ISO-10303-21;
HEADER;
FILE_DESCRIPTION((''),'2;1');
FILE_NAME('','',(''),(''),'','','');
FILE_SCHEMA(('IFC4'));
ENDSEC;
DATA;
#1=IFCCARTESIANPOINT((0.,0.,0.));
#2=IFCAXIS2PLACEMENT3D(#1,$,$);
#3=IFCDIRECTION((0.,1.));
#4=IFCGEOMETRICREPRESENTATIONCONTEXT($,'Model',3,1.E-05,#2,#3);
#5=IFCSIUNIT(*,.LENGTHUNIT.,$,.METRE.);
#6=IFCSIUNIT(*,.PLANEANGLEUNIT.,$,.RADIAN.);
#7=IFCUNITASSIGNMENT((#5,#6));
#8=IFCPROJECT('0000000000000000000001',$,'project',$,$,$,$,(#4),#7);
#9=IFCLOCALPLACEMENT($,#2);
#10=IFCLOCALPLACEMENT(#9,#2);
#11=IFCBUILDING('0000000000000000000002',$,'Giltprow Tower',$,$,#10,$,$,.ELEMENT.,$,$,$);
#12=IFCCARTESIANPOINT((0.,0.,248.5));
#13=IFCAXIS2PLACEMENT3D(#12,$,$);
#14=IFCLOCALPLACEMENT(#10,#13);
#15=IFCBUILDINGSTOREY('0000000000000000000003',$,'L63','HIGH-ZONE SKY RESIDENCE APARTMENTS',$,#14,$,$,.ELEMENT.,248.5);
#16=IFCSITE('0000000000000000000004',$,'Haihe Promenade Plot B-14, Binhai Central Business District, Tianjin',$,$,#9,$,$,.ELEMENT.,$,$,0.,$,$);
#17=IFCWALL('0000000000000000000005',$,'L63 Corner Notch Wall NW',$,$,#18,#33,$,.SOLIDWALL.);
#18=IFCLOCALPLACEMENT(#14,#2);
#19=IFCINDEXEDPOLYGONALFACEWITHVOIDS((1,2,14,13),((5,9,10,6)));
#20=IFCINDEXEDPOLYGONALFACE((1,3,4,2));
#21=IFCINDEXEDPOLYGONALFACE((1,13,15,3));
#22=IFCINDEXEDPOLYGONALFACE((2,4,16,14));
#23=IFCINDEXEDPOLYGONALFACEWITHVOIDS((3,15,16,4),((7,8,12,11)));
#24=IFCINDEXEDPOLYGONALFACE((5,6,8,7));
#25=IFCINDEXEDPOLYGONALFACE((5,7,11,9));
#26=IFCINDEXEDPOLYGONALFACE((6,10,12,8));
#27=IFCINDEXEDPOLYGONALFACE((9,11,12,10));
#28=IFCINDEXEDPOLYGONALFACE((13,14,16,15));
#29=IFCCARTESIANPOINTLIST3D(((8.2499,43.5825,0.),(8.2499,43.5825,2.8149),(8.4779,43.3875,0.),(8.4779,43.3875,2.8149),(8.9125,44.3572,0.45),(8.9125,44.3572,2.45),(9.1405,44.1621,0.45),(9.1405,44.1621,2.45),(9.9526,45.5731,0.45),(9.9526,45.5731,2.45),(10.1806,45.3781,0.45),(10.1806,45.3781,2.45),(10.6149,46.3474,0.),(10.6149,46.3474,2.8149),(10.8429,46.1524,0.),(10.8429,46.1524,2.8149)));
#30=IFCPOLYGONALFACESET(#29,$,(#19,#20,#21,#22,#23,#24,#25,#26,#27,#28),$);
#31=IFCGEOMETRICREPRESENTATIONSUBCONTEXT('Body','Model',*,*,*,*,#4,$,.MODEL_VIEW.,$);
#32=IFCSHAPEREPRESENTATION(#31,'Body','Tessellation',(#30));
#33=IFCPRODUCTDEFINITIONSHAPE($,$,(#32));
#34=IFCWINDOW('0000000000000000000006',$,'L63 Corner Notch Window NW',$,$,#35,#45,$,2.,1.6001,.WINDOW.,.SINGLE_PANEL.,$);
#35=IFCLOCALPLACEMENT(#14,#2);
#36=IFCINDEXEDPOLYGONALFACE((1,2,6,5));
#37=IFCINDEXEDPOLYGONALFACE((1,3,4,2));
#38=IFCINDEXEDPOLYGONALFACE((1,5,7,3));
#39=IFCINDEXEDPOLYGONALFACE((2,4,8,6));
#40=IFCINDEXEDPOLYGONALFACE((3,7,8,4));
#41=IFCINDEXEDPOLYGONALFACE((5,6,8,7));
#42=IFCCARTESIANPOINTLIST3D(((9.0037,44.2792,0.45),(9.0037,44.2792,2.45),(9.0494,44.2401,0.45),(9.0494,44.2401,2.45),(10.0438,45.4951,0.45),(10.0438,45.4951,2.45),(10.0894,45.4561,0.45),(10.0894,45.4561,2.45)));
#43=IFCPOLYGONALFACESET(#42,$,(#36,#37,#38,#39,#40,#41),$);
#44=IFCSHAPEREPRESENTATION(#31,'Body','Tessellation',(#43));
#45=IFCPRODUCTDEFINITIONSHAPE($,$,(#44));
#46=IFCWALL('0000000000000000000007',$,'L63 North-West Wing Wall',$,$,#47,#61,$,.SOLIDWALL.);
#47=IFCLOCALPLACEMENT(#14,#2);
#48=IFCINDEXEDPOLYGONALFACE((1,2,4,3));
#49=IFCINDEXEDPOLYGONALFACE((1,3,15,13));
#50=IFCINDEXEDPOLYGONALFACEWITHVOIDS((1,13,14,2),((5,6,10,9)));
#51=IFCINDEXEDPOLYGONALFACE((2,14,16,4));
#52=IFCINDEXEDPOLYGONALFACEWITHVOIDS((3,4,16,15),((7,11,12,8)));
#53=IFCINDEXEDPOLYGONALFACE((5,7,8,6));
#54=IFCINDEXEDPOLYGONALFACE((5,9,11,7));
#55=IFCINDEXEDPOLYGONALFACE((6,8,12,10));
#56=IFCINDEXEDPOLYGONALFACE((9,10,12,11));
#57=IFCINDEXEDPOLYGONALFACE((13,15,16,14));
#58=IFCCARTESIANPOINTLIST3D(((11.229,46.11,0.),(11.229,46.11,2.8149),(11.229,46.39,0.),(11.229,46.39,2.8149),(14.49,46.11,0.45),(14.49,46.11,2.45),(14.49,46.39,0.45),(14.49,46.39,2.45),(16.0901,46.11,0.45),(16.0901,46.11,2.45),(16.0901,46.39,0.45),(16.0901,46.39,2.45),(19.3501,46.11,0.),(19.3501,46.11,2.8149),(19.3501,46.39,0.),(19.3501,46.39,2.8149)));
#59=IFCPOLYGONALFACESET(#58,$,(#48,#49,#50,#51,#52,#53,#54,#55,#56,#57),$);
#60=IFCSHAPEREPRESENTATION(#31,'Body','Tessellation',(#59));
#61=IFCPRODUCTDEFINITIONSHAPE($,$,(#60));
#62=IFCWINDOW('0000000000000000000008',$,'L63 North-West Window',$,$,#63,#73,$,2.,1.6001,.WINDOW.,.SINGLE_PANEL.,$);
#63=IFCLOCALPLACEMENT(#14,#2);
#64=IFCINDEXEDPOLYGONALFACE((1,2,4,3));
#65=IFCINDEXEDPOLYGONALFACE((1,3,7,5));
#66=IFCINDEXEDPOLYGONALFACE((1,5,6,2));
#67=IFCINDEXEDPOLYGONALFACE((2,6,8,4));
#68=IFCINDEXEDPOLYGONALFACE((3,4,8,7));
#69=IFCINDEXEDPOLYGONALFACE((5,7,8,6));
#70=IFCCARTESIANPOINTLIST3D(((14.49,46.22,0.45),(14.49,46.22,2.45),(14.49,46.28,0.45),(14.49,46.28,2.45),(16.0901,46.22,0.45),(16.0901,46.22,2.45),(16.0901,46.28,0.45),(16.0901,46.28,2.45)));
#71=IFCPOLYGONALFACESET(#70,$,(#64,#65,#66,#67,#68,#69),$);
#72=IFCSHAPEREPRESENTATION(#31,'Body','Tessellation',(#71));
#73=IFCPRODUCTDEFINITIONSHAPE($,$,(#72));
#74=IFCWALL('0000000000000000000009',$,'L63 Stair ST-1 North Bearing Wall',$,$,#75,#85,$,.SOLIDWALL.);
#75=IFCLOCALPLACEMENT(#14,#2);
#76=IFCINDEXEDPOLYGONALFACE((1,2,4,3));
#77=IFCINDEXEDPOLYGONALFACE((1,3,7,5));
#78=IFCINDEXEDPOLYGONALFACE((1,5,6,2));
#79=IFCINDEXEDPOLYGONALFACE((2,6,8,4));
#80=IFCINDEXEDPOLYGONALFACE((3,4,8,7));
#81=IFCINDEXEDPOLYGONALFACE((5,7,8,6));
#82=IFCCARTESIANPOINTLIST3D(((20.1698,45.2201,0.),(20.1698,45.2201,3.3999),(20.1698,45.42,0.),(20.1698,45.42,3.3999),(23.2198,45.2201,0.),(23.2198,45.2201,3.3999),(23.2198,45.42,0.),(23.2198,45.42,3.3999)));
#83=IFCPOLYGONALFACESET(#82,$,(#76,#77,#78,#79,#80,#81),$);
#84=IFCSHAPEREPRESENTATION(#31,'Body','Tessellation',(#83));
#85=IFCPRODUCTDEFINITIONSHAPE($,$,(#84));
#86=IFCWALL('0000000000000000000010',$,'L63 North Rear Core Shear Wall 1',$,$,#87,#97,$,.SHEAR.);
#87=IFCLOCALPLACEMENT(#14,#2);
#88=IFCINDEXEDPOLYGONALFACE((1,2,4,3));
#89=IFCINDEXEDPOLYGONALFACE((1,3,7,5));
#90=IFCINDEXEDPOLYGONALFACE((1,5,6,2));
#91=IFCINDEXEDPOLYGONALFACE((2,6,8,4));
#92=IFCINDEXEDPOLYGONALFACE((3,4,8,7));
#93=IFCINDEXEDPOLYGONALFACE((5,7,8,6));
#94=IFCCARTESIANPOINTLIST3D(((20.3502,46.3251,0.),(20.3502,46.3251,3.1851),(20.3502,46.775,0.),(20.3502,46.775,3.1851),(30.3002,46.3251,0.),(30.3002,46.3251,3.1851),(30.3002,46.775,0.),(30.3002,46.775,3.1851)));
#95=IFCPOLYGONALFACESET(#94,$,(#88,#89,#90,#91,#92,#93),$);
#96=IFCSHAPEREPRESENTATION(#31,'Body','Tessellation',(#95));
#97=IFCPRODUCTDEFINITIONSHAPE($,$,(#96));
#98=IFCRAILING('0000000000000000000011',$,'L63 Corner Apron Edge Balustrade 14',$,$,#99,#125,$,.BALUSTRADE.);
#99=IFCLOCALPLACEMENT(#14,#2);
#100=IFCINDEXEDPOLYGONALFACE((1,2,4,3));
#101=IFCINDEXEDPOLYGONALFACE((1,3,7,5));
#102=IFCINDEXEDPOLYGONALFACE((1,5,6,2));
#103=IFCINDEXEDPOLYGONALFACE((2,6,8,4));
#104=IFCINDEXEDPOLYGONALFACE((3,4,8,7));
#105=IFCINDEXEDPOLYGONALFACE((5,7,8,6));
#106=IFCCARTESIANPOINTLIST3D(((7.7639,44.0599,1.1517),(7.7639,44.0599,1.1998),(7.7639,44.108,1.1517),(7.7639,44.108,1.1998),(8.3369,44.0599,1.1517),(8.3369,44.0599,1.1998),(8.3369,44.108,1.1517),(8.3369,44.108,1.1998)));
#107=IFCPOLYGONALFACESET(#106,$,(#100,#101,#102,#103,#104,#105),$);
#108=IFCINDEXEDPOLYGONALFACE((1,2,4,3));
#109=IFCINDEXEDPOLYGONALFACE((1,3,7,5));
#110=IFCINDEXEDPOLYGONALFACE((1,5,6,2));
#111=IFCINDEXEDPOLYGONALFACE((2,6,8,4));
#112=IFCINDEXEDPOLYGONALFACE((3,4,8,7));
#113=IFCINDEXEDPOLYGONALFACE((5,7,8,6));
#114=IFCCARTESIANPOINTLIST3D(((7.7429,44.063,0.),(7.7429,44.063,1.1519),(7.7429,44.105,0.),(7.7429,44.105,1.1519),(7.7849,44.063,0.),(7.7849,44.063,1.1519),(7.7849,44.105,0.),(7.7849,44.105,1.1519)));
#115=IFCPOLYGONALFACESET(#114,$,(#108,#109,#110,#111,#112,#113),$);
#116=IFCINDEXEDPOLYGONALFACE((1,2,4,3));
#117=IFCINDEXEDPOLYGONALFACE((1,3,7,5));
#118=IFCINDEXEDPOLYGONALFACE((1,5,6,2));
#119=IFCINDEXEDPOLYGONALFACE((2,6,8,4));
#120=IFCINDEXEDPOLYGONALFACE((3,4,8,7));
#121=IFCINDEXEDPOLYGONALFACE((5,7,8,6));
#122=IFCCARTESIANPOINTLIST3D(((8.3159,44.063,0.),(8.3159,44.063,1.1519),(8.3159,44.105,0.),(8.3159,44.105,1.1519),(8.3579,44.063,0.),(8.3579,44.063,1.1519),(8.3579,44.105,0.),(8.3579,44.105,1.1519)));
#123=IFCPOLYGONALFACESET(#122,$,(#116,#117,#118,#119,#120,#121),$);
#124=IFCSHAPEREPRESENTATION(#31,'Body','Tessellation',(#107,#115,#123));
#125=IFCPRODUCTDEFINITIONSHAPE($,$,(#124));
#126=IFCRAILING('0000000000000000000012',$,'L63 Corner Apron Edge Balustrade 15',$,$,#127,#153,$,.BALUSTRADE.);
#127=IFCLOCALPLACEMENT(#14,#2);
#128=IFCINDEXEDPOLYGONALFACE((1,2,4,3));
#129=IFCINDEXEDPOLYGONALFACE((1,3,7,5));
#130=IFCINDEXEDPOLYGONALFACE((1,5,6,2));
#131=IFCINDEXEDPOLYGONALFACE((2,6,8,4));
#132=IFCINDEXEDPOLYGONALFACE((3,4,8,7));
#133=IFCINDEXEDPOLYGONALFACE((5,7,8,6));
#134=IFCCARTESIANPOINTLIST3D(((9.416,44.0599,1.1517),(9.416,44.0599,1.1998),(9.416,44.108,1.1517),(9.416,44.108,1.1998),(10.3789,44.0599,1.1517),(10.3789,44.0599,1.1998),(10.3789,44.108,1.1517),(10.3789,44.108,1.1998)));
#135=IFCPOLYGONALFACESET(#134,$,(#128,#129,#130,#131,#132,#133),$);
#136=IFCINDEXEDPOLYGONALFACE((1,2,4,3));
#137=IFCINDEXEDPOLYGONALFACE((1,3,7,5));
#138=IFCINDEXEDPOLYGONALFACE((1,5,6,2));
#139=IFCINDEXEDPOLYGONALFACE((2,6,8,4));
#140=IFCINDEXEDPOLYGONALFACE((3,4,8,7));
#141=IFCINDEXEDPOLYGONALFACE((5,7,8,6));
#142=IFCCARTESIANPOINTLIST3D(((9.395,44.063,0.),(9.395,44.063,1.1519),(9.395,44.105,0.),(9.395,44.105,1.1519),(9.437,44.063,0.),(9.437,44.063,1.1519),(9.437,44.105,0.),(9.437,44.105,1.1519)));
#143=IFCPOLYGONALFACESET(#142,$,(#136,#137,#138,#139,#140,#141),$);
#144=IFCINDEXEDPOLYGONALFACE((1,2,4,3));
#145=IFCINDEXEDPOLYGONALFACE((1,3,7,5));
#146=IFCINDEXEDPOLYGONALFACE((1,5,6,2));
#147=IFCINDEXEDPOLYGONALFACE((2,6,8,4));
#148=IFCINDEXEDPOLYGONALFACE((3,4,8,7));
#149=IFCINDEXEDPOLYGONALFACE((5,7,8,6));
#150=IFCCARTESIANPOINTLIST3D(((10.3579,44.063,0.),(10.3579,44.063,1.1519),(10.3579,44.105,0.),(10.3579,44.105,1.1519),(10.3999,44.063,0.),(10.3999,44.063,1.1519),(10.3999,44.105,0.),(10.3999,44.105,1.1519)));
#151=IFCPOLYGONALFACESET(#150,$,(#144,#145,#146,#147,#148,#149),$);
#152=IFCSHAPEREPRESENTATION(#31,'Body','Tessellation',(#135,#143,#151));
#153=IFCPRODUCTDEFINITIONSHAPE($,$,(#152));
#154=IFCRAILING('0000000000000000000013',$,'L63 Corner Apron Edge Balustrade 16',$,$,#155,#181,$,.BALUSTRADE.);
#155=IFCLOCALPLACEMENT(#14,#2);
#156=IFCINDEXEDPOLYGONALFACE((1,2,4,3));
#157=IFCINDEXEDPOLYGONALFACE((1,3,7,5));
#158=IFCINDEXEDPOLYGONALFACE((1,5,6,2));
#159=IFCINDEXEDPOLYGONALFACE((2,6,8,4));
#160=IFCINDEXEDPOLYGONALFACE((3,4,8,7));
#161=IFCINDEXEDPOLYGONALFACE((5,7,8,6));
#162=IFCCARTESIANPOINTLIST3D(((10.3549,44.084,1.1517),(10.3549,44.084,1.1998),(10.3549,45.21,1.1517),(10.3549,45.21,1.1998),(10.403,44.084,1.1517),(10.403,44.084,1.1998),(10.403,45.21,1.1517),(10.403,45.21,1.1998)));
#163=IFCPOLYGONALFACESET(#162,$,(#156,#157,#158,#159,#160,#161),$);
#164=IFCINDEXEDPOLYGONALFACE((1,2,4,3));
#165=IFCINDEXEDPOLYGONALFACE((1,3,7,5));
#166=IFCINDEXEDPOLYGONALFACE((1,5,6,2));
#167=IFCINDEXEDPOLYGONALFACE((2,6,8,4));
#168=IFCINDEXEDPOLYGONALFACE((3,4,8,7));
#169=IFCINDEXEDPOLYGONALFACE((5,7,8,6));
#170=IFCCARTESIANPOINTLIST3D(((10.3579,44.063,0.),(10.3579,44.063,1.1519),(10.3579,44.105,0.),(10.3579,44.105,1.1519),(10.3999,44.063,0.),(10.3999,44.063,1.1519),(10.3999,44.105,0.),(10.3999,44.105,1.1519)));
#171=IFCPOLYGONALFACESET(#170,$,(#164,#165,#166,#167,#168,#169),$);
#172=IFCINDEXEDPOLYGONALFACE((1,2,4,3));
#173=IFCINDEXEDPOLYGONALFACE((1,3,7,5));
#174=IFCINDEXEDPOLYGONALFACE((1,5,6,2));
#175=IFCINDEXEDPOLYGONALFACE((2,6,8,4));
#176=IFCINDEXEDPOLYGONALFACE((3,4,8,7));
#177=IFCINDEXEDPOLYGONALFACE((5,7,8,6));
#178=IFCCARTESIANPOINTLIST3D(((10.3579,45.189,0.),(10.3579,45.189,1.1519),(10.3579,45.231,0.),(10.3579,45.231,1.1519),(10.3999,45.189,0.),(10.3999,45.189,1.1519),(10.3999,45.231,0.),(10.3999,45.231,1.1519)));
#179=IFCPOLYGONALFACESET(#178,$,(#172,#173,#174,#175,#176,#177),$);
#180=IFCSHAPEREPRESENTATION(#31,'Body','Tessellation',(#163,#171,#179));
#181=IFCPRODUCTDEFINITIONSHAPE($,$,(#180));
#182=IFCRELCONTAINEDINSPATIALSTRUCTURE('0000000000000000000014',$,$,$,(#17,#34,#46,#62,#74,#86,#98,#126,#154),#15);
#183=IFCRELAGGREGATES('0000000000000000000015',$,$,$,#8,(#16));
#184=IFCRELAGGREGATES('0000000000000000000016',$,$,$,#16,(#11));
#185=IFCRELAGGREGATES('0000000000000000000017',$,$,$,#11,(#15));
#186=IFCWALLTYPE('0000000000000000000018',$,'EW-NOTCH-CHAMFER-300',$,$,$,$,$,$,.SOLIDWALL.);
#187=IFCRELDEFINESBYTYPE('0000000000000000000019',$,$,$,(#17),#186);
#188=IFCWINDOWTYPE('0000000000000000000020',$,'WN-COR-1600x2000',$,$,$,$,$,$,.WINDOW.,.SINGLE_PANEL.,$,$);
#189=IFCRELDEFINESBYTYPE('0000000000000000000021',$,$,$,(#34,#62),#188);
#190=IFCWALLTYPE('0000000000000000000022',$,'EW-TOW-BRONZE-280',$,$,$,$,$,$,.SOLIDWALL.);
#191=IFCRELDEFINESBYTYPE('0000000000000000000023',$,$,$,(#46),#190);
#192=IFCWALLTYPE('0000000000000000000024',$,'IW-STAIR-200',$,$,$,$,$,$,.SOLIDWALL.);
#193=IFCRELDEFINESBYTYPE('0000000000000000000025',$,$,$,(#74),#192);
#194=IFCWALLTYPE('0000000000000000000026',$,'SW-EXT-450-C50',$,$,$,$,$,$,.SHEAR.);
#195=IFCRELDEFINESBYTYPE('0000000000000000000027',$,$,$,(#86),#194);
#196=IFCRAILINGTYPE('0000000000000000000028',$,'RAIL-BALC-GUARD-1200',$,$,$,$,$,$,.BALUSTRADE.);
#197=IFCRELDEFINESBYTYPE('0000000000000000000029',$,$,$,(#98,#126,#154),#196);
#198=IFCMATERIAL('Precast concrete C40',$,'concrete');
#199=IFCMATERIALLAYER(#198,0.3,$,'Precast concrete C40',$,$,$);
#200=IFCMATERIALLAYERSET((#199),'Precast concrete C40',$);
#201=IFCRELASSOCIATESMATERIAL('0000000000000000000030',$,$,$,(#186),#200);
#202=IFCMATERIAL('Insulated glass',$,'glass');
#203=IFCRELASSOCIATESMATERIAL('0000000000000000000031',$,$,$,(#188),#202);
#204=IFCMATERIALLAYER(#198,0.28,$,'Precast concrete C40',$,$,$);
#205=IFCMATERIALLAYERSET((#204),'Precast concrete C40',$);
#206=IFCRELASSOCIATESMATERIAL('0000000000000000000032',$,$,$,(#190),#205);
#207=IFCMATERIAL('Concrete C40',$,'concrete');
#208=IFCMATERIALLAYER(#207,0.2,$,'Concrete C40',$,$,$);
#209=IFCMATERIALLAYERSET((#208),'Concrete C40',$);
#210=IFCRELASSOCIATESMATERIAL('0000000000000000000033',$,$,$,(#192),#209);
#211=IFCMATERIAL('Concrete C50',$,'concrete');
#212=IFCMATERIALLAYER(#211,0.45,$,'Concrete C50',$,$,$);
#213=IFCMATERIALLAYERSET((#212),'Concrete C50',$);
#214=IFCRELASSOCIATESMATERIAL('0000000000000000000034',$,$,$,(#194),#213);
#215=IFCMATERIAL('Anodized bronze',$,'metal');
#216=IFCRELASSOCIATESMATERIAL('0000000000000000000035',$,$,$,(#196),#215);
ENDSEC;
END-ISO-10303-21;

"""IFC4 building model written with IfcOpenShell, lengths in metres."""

from ifc_helpers import new_model, si_unit, direction, frame, frame_2d, origin, origin_2d, place, context, subcontext, project, spatial, rectangle, extrude, source, transform, mapped, material, layer, layer_set, type_object, element, fill, save


model = new_model("IFC4")

# Units and contexts
model_context = context("Model", 3, precision=1e-05, world=origin(), true_north=direction((0.0, 1.0)))
body_context = subcontext(model_context, "Body", "Model", "MODEL_VIEW")
ifc_project = project(units=[si_unit("LENGTHUNIT", "METRE"), si_unit("PLANEANGLEUNIT", "RADIAN")], contexts=[model_context])

# Site, building, storey
site_placement = place(None, origin())
site = spatial("IfcSite", under=ifc_project, at=site_placement, Name="Haihe Promenade Plot B-14, Binhai Central Business District, Tianjin", CompositionType="ELEMENT", RefElevation=0.0)
building_placement = place(site_placement, origin())
building = spatial("IfcBuilding", under=site, at=building_placement, Name="Giltprow Tower", CompositionType="ELEMENT")
storey_placement = place(building_placement, frame((0.0, 0.0, 248.5)))
storey = spatial("IfcBuildingStorey", under=building, at=storey_placement, Name="L63", Description="HIGH-ZONE SKY RESIDENCE APARTMENTS", CompositionType="ELEMENT", Elevation=248.5)

# Shared definitions
ifc_material_1 = material(Name="Concrete C50", Category="concrete")

# Walls, openings, windows
ifc_material_2 = material(Name="Precast concrete C40", Category="concrete")
ifc_layer_1 = layer(ifc_material_2, 0.3, Name="Precast concrete C40")
ifc_layer_set_1 = layer_set([ifc_layer_1], Name="Precast concrete C40")
wall_type_1 = type_object("IfcWallType", Name="EW-NOTCH-CHAMFER-300", PredefinedType="SOLIDWALL", material=ifc_layer_set_1)
wall_1_placement = place(storey_placement, frame((10.729, 46.25, 0.0), z_axis=(0.0, 0.0, 1.0), x_axis=(-0.650012, -0.759924, 0.0)))
wall_1 = element("IfcWall", 1, at=wall_1_placement, inside=storey, type_object=wall_type_1, Name="L63 Corner Notch Wall NW", PredefinedType="SOLIDWALL", context=body_context, shape_type="SweptSolid", body=[
    extrude(rectangle(XDim=3.6384, YDim=0.3, at=frame_2d((1.8193, 0.0))), origin(), (0.0, 0.0, 1.0), 2.8149),
])
opening_1_placement = place(wall_1_placement, frame((1.019, 0.0, 0.45)))
opening_1 = element("IfcOpeningElement", 2, at=opening_1_placement, cuts=wall_1, PredefinedType="OPENING", context=body_context, shape_type="SweptSolid", body=[
    extrude(rectangle(XDim=1.6001, YDim=2.0, at=frame_2d((0.8, 1.0))), frame((0.0, 0.1599, 0.0), z_axis=(0.0, -1.0, 0.0), x_axis=(1.0, 0.0, 0.0)), (0.0, 0.0, 1.0), 0.3201),
])
ifc_material_3 = material(Name="Insulated glass", Category="glass")
window_type = type_object("IfcWindowType", Name="WN-COR-1600x2000", PartitioningType="SINGLE_PANEL", PredefinedType="WINDOW", material=ifc_material_3)
shared_shape_1 = source(origin(), body_context, "Body", "SweptSolid", [
    extrude(rectangle(XDim=1.6001, YDim=2.0, at=frame_2d((0.8, 1.0))), frame((0.0, 0.03, 0.0), z_axis=(0.0, -1.0, 0.0), x_axis=(1.0, 0.0, 0.0)), (0.0, 0.0, 1.0), 0.0601),
])
window_1_placement = place(opening_1_placement, origin())
window_1 = element("IfcWindow", 3, at=window_1_placement, inside=storey, type_object=window_type, Name="L63 Corner Notch Window NW", OverallHeight=2.0, OverallWidth=1.6001, PartitioningType="SINGLE_PANEL", PredefinedType="WINDOW", context=body_context, shape_type="MappedRepresentation", body=[
    mapped(shared_shape_1, transform((0.0, 0.0, 0.0), x_axis=(1.0, 0.0, 0.0), y_axis=(0.0, 1.0, 0.0), z_axis=(0.0, 0.0, 1.0), scale=1.0)),
])
fill(opening_1, window_1)
ifc_layer_2 = layer(ifc_material_2, 0.28, Name="Precast concrete C40")
ifc_layer_set_2 = layer_set([ifc_layer_2], Name="Precast concrete C40")
wall_type_2 = type_object("IfcWallType", Name="EW-TOW-BRONZE-280", PredefinedType="SOLIDWALL", material=ifc_layer_set_2)
wall_2_placement = place(storey_placement, frame((11.229, 46.25, 0.0), z_axis=(0.0, 0.0, 1.0), x_axis=(1.0, 0.0, 0.0)))
wall_2 = element("IfcWall", 4, at=wall_2_placement, inside=storey, type_object=wall_type_2, Name="L63 North-West Wing Wall", PredefinedType="SOLIDWALL", context=body_context, shape_type="SweptSolid", body=[
    extrude(rectangle(XDim=8.1211, YDim=0.28, at=frame_2d((4.0605, 0.0))), origin(), (0.0, 0.0, 1.0), 2.8149),
])
opening_2_placement = place(wall_2_placement, frame((3.261, 0.0, 0.45)))
opening_2 = element("IfcOpeningElement", 5, at=opening_2_placement, cuts=wall_2, PredefinedType="OPENING", context=body_context, shape_type="SweptSolid", body=[
    extrude(rectangle(XDim=1.6001, YDim=2.0, at=frame_2d((0.8, 1.0))), frame((0.0, 0.1499, 0.0), z_axis=(0.0, -1.0, 0.0), x_axis=(1.0, 0.0, 0.0)), (0.0, 0.0, 1.0), 0.3),
])
window_2_placement = place(opening_2_placement, origin())
window_2 = element("IfcWindow", 6, at=window_2_placement, inside=storey, type_object=window_type, Name="L63 North-West Window", OverallHeight=2.0, OverallWidth=1.6001, PartitioningType="SINGLE_PANEL", PredefinedType="WINDOW", context=body_context, shape_type="MappedRepresentation", body=[
    mapped(shared_shape_1, transform((0.0, 0.0, 0.0), x_axis=(1.0, 0.0, 0.0), y_axis=(0.0, 1.0, 0.0), z_axis=(0.0, 0.0, 1.0), scale=1.0)),
])
fill(opening_2, window_2)

# Walls
ifc_material_4 = material(Name="Concrete C40", Category="concrete")
ifc_layer_3 = layer(ifc_material_4, 0.2, Name="Concrete C40")
ifc_layer_set_3 = layer_set([ifc_layer_3], Name="Concrete C40")
wall_type_3 = type_object("IfcWallType", Name="IW-STAIR-200", PredefinedType="SOLIDWALL", material=ifc_layer_set_3)
wall_3_placement = place(storey_placement, frame((20.1699, 45.3201, 0.0), z_axis=(0.0, 0.0, 1.0), x_axis=(1.0, 0.0, 0.0)))
element("IfcWall", 7, at=wall_3_placement, inside=storey, type_object=wall_type_3, Name="L63 Stair ST-1 North Bearing Wall", PredefinedType="SOLIDWALL", context=body_context, shape_type="SweptSolid", body=[
    extrude(rectangle(XDim=3.05, YDim=0.2, at=frame_2d((1.5249, 0.0))), origin(), (0.0, 0.0, 1.0), 3.3999),
])
ifc_layer_4 = layer(ifc_material_1, 0.45, Name="Concrete C50")
ifc_layer_set_4 = layer_set([ifc_layer_4], Name="Concrete C50")
wall_type_4 = type_object("IfcWallType", Name="SW-EXT-450-C50", PredefinedType="SHEAR", material=ifc_layer_set_4)
wall_4_placement = place(storey_placement, frame((20.3501, 46.55, 0.0), z_axis=(0.0, 0.0, 1.0), x_axis=(1.0, 0.0, 0.0)))
element("IfcWall", 8, at=wall_4_placement, inside=storey, type_object=wall_type_4, Name="L63 North Rear Core Shear Wall 1", PredefinedType="SHEAR", context=body_context, shape_type="SweptSolid", body=[
    extrude(rectangle(XDim=9.95, YDim=0.45, at=frame_2d((4.9751, 0.0))), origin(), (0.0, 0.0, 1.0), 3.1851),
])

# Railings
ifc_material_5 = material(Name="Anodized bronze", Category="metal")
railing_type = type_object("IfcRailingType", Name="RAIL-BALC-GUARD-1200", PredefinedType="BALUSTRADE", material=ifc_material_5)
railing_1_placement = place(storey_placement, frame((7.7639, 44.084, 0.0)))
element("IfcRailing", 9, at=railing_1_placement, inside=storey, type_object=railing_type, Name="L63 Corner Apron Edge Balustrade 14", PredefinedType="BALUSTRADE", context=body_context, shape_type="SweptSolid", body=[
    extrude(rectangle(XDim=0.0481, YDim=0.0481, at=origin_2d()), frame((0.0, 0.0, 1.1758), z_axis=(1.0, 0.0, 0.0), x_axis=(0.0, 1.0, 0.0)), (0.0, 0.0, 1.0), 0.573),
    extrude(rectangle(XDim=0.042, YDim=0.042, at=origin_2d()), origin(), (0.0, 0.0, 1.0), 1.1519),
    extrude(rectangle(XDim=0.042, YDim=0.042, at=origin_2d()), frame((0.573, 0.0, 0.0)), (0.0, 0.0, 1.0), 1.1519),
])
railing_2_placement = place(storey_placement, frame((9.416, 44.084, 0.0)))
element("IfcRailing", 10, at=railing_2_placement, inside=storey, type_object=railing_type, Name="L63 Corner Apron Edge Balustrade 15", PredefinedType="BALUSTRADE", context=body_context, shape_type="SweptSolid", body=[
    extrude(rectangle(XDim=0.0481, YDim=0.0481, at=origin_2d()), frame((0.0, 0.0, 1.1758), z_axis=(1.0, 0.0, 0.0), x_axis=(0.0, 1.0, 0.0)), (0.0, 0.0, 1.0), 0.9629),
    extrude(rectangle(XDim=0.042, YDim=0.042, at=origin_2d()), origin(), (0.0, 0.0, 1.0), 1.1519),
    extrude(rectangle(XDim=0.042, YDim=0.042, at=origin_2d()), frame((0.9629, 0.0, 0.0)), (0.0, 0.0, 1.0), 1.1519),
])
railing_3_placement = place(storey_placement, frame((10.3789, 44.084, 0.0)))
element("IfcRailing", 11, at=railing_3_placement, inside=storey, type_object=railing_type, Name="L63 Corner Apron Edge Balustrade 16", PredefinedType="BALUSTRADE", context=body_context, shape_type="SweptSolid", body=[
    extrude(rectangle(XDim=0.0481, YDim=0.0481, at=origin_2d()), frame((0.0, 0.0, 1.1758), z_axis=(0.0, 1.0, 0.0), x_axis=(-1.0, 0.0, 0.0)), (0.0, 0.0, 1.0), 1.126),
    extrude(rectangle(XDim=0.042, YDim=0.042, at=origin_2d()), origin(), (0.0, 0.0, 1.0), 1.1519),
    extrude(rectangle(XDim=0.042, YDim=0.042, at=origin_2d()), frame((0.0, 1.126, 0.0)), (0.0, 0.0, 1.0), 1.1519),
])

save(model, "model.ifc")
